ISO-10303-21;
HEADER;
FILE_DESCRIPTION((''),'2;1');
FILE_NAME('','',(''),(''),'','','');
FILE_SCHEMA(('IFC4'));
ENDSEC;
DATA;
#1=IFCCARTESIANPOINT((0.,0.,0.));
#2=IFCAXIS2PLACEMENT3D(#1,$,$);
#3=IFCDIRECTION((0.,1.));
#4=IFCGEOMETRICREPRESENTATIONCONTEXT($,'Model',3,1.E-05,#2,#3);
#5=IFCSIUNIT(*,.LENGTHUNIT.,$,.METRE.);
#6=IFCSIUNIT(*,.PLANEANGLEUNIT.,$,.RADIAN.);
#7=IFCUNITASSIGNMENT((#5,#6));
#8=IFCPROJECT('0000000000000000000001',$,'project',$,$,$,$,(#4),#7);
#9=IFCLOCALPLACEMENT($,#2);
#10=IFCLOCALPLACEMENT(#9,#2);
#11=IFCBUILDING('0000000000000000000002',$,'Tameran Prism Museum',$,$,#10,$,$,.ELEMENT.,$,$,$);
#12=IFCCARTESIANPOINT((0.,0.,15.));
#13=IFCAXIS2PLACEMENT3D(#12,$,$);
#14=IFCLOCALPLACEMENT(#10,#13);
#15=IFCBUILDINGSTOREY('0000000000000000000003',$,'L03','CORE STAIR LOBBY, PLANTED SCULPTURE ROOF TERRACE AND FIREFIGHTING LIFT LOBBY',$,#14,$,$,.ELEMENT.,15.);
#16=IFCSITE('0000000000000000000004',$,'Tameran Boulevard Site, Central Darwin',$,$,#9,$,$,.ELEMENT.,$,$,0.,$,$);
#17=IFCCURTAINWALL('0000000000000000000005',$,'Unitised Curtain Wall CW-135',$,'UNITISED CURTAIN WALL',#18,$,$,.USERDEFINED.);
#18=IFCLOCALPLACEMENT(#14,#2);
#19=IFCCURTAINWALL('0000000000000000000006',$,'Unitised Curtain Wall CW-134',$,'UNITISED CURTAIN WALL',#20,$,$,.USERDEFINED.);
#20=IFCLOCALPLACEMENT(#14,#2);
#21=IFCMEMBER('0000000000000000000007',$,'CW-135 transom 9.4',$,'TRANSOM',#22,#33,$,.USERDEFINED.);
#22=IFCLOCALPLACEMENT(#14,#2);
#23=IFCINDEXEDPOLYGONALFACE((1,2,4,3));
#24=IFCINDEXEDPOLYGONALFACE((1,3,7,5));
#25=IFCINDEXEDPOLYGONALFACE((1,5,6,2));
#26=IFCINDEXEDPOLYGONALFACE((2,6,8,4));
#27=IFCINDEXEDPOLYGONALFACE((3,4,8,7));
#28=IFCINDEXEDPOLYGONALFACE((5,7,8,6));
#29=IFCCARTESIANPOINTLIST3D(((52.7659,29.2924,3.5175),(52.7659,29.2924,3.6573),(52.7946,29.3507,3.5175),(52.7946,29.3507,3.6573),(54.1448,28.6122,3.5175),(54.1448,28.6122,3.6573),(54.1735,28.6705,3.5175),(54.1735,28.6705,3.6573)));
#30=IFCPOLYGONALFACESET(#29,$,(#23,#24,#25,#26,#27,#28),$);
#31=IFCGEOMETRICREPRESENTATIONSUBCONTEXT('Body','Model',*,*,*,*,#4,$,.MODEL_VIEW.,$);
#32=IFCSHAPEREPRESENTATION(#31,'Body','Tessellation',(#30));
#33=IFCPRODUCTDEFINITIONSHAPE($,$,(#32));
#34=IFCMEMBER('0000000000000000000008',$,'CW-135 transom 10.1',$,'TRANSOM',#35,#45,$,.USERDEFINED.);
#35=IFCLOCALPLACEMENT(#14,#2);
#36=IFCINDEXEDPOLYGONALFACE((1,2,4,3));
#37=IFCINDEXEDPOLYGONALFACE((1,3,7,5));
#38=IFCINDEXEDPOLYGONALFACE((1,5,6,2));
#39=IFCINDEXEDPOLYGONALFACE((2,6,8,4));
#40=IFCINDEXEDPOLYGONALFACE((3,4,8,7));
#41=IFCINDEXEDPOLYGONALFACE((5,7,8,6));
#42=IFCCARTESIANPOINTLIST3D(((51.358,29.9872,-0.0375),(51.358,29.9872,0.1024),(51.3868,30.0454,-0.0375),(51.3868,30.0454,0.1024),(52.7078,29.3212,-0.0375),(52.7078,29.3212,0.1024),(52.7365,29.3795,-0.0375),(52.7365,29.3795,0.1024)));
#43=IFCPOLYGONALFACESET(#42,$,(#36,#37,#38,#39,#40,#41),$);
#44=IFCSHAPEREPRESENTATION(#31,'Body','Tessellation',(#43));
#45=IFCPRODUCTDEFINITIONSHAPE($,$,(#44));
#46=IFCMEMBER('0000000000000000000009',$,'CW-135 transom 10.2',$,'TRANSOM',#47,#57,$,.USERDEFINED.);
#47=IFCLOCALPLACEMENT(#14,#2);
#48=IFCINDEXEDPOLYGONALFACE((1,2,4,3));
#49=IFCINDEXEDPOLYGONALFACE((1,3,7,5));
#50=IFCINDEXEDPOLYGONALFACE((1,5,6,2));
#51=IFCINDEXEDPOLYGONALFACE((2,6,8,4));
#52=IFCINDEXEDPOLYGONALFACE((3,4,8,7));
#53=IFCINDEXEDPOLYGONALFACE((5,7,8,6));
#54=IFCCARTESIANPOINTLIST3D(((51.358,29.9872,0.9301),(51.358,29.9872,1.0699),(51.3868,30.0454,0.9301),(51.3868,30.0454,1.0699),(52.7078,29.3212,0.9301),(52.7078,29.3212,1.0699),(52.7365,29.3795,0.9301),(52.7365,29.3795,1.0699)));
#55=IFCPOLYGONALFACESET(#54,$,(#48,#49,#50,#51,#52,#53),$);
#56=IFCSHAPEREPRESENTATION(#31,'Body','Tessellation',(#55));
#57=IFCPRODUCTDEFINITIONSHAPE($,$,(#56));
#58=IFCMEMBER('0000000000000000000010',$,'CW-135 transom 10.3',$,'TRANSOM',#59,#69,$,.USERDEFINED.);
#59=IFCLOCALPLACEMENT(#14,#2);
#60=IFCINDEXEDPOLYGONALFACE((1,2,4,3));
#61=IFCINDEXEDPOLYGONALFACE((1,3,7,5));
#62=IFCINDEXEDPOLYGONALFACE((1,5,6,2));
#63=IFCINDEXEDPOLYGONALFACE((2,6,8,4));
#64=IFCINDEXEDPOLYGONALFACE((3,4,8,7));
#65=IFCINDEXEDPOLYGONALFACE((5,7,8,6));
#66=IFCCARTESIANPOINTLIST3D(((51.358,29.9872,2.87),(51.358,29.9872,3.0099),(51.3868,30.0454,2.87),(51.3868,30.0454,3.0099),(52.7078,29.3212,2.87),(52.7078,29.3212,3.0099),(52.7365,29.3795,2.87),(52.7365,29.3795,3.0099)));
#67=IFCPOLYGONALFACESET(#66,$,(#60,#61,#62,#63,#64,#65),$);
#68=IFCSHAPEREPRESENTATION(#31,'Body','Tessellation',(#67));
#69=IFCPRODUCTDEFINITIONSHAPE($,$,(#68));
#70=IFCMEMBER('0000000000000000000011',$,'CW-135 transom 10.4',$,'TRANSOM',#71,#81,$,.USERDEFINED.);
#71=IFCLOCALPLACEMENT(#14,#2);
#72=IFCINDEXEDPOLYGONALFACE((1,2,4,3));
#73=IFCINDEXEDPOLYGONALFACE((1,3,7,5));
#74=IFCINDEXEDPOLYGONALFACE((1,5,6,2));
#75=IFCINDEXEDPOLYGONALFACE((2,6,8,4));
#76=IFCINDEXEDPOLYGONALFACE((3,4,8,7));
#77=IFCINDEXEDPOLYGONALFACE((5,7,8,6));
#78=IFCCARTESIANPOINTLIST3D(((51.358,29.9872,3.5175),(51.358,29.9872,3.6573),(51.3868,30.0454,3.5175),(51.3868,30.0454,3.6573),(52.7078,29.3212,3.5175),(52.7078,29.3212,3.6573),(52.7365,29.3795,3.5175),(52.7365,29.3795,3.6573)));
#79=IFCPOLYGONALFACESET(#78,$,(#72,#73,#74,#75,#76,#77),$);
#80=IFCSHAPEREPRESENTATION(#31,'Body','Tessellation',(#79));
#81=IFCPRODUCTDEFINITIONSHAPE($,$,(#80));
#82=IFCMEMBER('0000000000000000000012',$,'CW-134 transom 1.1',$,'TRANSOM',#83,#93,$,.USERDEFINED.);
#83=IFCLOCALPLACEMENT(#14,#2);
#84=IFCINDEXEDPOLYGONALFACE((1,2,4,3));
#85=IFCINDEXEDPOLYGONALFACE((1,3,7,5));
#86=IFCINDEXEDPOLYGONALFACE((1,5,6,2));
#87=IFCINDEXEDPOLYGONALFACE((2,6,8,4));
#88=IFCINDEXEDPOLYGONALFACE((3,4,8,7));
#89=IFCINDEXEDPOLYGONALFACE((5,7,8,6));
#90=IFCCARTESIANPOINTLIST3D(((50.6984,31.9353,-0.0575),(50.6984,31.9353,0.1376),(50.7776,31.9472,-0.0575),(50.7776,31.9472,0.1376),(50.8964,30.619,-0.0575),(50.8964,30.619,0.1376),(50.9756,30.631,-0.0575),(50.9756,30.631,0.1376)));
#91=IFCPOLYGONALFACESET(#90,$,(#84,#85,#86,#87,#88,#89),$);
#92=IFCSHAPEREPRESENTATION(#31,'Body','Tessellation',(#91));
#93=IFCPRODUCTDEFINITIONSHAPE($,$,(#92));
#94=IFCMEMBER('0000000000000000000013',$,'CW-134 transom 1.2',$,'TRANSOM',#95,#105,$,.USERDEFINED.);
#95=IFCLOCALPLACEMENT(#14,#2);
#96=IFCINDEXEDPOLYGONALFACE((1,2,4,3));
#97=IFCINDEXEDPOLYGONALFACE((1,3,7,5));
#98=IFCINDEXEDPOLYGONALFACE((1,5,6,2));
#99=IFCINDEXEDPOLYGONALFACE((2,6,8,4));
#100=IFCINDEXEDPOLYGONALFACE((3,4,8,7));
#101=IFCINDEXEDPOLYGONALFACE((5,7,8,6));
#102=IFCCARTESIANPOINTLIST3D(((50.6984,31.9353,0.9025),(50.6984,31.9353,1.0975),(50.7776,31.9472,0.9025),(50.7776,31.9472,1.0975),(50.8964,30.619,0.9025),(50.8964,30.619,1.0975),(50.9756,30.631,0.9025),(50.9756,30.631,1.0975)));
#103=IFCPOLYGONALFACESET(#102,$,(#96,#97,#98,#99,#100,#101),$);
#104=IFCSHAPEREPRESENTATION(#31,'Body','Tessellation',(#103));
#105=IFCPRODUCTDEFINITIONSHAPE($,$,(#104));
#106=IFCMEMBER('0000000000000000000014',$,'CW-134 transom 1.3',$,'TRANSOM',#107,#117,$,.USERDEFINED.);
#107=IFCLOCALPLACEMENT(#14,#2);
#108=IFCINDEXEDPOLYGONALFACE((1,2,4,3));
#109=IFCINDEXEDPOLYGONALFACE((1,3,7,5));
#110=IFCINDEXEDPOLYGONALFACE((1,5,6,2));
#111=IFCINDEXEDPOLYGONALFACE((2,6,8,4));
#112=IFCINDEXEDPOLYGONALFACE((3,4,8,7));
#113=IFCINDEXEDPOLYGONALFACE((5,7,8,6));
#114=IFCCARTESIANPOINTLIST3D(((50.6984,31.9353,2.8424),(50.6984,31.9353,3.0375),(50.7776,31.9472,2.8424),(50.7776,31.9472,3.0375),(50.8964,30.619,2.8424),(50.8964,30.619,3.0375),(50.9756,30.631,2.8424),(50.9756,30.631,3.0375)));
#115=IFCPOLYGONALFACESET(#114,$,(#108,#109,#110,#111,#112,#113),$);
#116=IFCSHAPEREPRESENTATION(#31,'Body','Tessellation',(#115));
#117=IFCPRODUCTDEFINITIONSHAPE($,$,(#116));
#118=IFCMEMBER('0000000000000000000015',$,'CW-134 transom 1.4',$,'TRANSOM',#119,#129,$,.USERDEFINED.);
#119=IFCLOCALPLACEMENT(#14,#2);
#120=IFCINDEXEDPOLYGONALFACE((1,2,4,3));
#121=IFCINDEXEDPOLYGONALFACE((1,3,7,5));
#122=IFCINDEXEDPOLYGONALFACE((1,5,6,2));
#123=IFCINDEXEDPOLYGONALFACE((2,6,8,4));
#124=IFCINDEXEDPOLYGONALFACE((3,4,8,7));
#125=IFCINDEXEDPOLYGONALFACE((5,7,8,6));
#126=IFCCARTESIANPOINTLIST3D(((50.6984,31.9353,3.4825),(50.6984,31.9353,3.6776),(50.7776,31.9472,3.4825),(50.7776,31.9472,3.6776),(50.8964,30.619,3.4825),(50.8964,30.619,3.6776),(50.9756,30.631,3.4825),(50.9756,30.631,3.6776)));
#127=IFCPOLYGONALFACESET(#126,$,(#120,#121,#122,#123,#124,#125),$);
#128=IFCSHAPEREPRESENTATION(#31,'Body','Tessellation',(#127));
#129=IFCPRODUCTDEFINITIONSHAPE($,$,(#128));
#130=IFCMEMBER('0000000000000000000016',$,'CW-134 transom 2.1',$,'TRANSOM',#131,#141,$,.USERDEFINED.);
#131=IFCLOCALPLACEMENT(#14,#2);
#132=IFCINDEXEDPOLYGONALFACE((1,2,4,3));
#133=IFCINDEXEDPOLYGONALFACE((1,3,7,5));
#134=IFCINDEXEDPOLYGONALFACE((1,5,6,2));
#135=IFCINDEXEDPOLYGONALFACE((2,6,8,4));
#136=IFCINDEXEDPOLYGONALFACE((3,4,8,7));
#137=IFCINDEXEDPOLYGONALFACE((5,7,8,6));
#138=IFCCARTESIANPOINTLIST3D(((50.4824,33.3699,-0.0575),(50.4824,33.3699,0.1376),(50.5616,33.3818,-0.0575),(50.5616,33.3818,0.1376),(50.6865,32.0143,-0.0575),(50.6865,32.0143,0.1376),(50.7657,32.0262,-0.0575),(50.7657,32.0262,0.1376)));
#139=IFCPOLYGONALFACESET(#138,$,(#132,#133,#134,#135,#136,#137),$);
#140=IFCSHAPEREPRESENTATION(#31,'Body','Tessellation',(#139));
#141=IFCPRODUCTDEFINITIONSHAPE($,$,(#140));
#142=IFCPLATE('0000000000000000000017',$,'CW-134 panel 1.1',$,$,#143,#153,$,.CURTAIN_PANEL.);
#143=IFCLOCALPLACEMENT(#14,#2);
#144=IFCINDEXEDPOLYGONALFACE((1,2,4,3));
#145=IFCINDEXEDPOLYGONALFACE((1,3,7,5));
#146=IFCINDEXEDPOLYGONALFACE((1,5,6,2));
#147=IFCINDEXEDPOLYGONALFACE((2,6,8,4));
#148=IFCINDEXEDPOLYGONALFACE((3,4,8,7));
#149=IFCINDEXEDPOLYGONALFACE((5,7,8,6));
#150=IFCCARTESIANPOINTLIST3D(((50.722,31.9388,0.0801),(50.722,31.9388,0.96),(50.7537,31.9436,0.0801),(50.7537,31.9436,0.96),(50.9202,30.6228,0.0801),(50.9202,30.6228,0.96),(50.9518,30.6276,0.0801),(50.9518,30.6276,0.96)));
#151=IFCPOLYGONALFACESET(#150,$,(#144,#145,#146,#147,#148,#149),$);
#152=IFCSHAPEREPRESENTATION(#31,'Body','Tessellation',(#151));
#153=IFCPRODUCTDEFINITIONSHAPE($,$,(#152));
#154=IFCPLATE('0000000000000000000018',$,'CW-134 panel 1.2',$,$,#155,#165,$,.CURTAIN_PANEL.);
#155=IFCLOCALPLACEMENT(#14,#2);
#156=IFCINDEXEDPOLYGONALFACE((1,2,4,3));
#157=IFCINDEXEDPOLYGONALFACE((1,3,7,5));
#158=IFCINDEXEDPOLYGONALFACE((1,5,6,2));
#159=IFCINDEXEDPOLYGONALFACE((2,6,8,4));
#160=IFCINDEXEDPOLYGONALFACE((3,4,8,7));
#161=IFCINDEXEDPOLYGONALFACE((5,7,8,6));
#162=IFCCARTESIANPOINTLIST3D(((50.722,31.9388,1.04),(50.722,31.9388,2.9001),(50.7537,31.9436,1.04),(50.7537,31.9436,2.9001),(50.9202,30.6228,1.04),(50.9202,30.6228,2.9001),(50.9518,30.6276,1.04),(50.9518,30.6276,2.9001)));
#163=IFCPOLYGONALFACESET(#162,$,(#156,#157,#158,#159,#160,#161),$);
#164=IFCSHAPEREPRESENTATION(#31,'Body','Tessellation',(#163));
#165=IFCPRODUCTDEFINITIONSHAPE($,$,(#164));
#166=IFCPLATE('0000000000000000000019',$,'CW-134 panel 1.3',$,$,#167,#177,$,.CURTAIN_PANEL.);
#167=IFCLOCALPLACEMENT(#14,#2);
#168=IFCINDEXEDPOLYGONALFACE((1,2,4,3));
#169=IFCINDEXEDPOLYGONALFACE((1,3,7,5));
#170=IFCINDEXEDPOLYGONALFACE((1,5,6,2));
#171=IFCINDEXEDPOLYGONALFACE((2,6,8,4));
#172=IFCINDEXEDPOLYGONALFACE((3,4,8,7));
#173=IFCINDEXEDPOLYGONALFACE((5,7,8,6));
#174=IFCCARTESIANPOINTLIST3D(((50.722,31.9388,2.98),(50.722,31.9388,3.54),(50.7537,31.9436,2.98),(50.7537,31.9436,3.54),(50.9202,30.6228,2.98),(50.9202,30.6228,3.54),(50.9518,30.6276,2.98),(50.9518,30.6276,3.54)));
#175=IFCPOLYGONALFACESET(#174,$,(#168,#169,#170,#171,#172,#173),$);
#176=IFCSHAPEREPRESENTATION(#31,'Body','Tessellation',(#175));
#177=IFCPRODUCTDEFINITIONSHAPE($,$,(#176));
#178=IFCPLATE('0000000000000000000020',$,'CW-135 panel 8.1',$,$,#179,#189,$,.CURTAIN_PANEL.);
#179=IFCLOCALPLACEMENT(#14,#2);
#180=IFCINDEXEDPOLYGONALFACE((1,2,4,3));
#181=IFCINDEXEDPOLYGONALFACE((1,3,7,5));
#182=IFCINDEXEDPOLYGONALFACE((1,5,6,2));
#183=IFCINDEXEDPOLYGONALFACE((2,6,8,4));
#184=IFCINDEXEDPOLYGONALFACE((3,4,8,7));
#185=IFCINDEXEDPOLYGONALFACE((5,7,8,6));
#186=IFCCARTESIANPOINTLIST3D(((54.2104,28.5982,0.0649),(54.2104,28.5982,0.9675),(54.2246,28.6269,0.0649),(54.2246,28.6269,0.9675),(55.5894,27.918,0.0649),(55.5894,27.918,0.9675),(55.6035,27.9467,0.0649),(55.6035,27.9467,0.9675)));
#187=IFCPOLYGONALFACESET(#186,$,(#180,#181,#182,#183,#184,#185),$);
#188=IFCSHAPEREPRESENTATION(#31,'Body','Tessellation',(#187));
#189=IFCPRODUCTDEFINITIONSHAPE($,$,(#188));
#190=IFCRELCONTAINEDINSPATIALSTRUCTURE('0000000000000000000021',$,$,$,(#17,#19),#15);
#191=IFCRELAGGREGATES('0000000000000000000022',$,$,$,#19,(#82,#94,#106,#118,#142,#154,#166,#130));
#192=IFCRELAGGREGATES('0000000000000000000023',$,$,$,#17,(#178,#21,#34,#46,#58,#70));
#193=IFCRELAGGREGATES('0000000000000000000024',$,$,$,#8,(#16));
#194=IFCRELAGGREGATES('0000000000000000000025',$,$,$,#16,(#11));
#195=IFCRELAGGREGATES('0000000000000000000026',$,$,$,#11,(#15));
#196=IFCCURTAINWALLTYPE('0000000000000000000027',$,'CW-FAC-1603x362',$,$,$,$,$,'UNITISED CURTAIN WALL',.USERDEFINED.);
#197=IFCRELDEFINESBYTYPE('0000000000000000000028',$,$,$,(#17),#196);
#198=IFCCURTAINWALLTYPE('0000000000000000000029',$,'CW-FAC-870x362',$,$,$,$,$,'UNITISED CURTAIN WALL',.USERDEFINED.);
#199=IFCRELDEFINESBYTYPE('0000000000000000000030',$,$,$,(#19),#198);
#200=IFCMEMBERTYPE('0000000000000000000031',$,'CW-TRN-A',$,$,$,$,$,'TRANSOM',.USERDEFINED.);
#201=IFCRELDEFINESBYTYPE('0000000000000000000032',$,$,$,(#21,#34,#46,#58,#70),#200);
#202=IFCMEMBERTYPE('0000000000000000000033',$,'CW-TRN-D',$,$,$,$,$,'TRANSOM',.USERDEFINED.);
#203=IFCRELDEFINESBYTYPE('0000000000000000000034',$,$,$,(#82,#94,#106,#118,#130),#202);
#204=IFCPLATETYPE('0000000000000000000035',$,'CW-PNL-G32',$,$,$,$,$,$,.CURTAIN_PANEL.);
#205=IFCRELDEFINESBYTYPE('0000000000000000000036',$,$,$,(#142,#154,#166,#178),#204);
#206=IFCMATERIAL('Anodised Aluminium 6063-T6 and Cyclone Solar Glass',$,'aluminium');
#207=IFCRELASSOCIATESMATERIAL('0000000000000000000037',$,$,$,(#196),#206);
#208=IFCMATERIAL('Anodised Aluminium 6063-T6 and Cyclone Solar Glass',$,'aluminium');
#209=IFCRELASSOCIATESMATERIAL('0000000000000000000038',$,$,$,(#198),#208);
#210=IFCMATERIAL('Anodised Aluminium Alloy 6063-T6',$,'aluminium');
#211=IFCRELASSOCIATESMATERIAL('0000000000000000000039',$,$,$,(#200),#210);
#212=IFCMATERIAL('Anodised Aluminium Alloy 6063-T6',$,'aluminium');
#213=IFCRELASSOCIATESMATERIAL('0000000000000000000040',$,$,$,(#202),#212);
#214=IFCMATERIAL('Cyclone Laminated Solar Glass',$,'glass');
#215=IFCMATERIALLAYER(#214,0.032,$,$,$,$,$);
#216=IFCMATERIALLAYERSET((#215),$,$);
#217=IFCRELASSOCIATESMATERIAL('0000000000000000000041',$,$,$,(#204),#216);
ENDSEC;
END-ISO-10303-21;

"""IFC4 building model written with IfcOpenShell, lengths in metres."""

from ifc_helpers import new_model, si_unit, direction, frame, origin, origin_2d, place, context, subcontext, project, spatial, rectangle, extrude, material, layer, layer_set, material_profile, profile_set, type_object, element, aggregate, save


model = new_model("IFC4")

# Units and contexts
model_context = context("Model", 3, precision=1e-05, world=origin(), true_north=direction((0.0, 1.0)))
body_context = subcontext(model_context, "Body", "Model", "MODEL_VIEW")
ifc_project = project(units=[si_unit("LENGTHUNIT", "METRE"), si_unit("PLANEANGLEUNIT", "RADIAN")], contexts=[model_context])

# Site, building, storey
site_placement = place(None, origin())
site = spatial("IfcSite", under=ifc_project, at=site_placement, Name="Tameran Boulevard Site, Central Darwin", CompositionType="ELEMENT", RefElevation=0.0)
building_placement = place(site_placement, origin())
building = spatial("IfcBuilding", under=site, at=building_placement, Name="Tameran Prism Museum", CompositionType="ELEMENT")
storey_placement = place(building_placement, frame((0.0, 0.0, 15.0)))
storey = spatial("IfcBuildingStorey", under=building, at=storey_placement, Name="L03", Description="CORE STAIR LOBBY, PLANTED SCULPTURE ROOF TERRACE AND FIREFIGHTING LIFT LOBBY", CompositionType="ELEMENT", Elevation=15.0)

# Curtain walls
ifc_material_1 = material(Name="Anodised Aluminium 6063-T6 and Cyclone Solar Glass", Category="aluminium")
curtain_wall_type_1 = type_object("IfcCurtainWallType", Name="CW-FAC-1603x362", ElementType="UNITISED CURTAIN WALL", PredefinedType="USERDEFINED", material=ifc_material_1)
curtain_wall_1_placement = place(storey_placement, origin())
curtain_wall_1 = element("IfcCurtainWall", 1, at=curtain_wall_1_placement, inside=storey, type_object=curtain_wall_type_1, Name="Unitised Curtain Wall CW-135", ObjectType="UNITISED CURTAIN WALL", PredefinedType="USERDEFINED")
ifc_material_2 = material(Name="Anodised Aluminium 6063-T6 and Cyclone Solar Glass", Category="aluminium")
curtain_wall_type_2 = type_object("IfcCurtainWallType", Name="CW-FAC-870x362", ElementType="UNITISED CURTAIN WALL", PredefinedType="USERDEFINED", material=ifc_material_2)
curtain_wall_2_placement = place(storey_placement, origin())
curtain_wall_2 = element("IfcCurtainWall", 2, at=curtain_wall_2_placement, inside=storey, type_object=curtain_wall_type_2, Name="Unitised Curtain Wall CW-134", ObjectType="UNITISED CURTAIN WALL", PredefinedType="USERDEFINED")

# Members
ifc_material_3 = material(Name="Anodised Aluminium Alloy 6063-T6", Category="aluminium")
ifc_material_profile_1 = material_profile(ifc_material_3, rectangle(XDim=0.0649, YDim=0.1399, at=origin_2d()))
ifc_profile_set_1 = profile_set([ifc_material_profile_1])
member_type_1 = type_object("IfcMemberType", Name="CW-TRN-A", ElementType="TRANSOM", PredefinedType="USERDEFINED", material=ifc_profile_set_1)
member_1_placement = place(storey_placement, frame((54.1592, 28.6414, 3.5874), z_axis=(-0.896828, 0.44238, 0.0), x_axis=(-0.44238, -0.896828, 0.0)))
member_1 = element("IfcMember", 3, at=member_1_placement, type_object=member_type_1, Name="CW-135 transom 9.4", ObjectType="TRANSOM", PredefinedType="USERDEFINED", context=body_context, shape_type="SweptSolid", body=[
    extrude(rectangle(XDim=0.0649, YDim=0.1399, at=origin_2d()), origin(), (0.0, 0.0, 1.0), 1.5376),
])
member_2_placement = place(storey_placement, frame((52.7222, 29.3503, 0.0325), z_axis=(-0.896783, 0.442471, 0.0), x_axis=(-0.442471, -0.896783, 0.0)))
member_2 = element("IfcMember", 4, at=member_2_placement, type_object=member_type_1, Name="CW-135 transom 10.1", ObjectType="TRANSOM", PredefinedType="USERDEFINED", context=body_context, shape_type="SweptSolid", body=[
    extrude(rectangle(XDim=0.0649, YDim=0.1399, at=origin_2d()), origin(), (0.0, 0.0, 1.0), 1.5051),
])
member_3_placement = place(storey_placement, frame((52.7222, 29.3503, 1.0), z_axis=(-0.896783, 0.442471, 0.0), x_axis=(-0.442471, -0.896783, 0.0)))
member_3 = element("IfcMember", 5, at=member_3_placement, type_object=member_type_1, Name="CW-135 transom 10.2", ObjectType="TRANSOM", PredefinedType="USERDEFINED", context=body_context, shape_type="SweptSolid", body=[
    extrude(rectangle(XDim=0.0649, YDim=0.1399, at=origin_2d()), origin(), (0.0, 0.0, 1.0), 1.5051),
])
member_4_placement = place(storey_placement, frame((52.7222, 29.3503, 2.9399), z_axis=(-0.896783, 0.442471, 0.0), x_axis=(-0.442471, -0.896783, 0.0)))
member_4 = element("IfcMember", 6, at=member_4_placement, type_object=member_type_1, Name="CW-135 transom 10.3", ObjectType="TRANSOM", PredefinedType="USERDEFINED", context=body_context, shape_type="SweptSolid", body=[
    extrude(rectangle(XDim=0.0649, YDim=0.1399, at=origin_2d()), origin(), (0.0, 0.0, 1.0), 1.5051),
])
member_5_placement = place(storey_placement, frame((52.7222, 29.3503, 3.5874), z_axis=(-0.896783, 0.442471, 0.0), x_axis=(-0.442471, -0.896783, 0.0)))
member_5 = element("IfcMember", 7, at=member_5_placement, type_object=member_type_1, Name="CW-135 transom 10.4", ObjectType="TRANSOM", PredefinedType="USERDEFINED", context=body_context, shape_type="SweptSolid", body=[
    extrude(rectangle(XDim=0.0649, YDim=0.1399, at=origin_2d()), origin(), (0.0, 0.0, 1.0), 1.5051),
])
ifc_material_4 = material(Name="Anodised Aluminium Alloy 6063-T6", Category="aluminium")
ifc_material_profile_2 = material_profile(ifc_material_4, rectangle(XDim=0.0801, YDim=0.1951, at=origin_2d()))
ifc_profile_set_2 = profile_set([ifc_material_profile_2])
member_type_2 = type_object("IfcMemberType", Name="CW-TRN-D", ElementType="TRANSOM", PredefinedType="USERDEFINED", material=ifc_profile_set_2)
member_6_placement = place(storey_placement, frame((50.936, 30.625, 0.04), z_axis=(-0.148762, 0.988873, 0.0), x_axis=(-0.988873, -0.148762, 0.0)))
member_6 = element("IfcMember", 8, at=member_6_placement, type_object=member_type_2, Name="CW-134 transom 1.1", ObjectType="TRANSOM", PredefinedType="USERDEFINED", context=body_context, shape_type="SweptSolid", body=[
    extrude(rectangle(XDim=0.0801, YDim=0.1951, at=origin_2d()), origin(), (0.0, 0.0, 1.0), 1.3311),
])
member_7_placement = place(storey_placement, frame((50.936, 30.625, 1.0), z_axis=(-0.148762, 0.988873, 0.0), x_axis=(-0.988873, -0.148762, 0.0)))
member_7 = element("IfcMember", 9, at=member_7_placement, type_object=member_type_2, Name="CW-134 transom 1.2", ObjectType="TRANSOM", PredefinedType="USERDEFINED", context=body_context, shape_type="SweptSolid", body=[
    extrude(rectangle(XDim=0.0801, YDim=0.1951, at=origin_2d()), origin(), (0.0, 0.0, 1.0), 1.3311),
])
member_8_placement = place(storey_placement, frame((50.936, 30.625, 2.9399), z_axis=(-0.148762, 0.988873, 0.0), x_axis=(-0.988873, -0.148762, 0.0)))
member_8 = element("IfcMember", 10, at=member_8_placement, type_object=member_type_2, Name="CW-134 transom 1.3", ObjectType="TRANSOM", PredefinedType="USERDEFINED", context=body_context, shape_type="SweptSolid", body=[
    extrude(rectangle(XDim=0.0801, YDim=0.1951, at=origin_2d()), origin(), (0.0, 0.0, 1.0), 1.3311),
])
member_9_placement = place(storey_placement, frame((50.936, 30.625, 3.5801), z_axis=(-0.148762, 0.988873, 0.0), x_axis=(-0.988873, -0.148762, 0.0)))
member_9 = element("IfcMember", 11, at=member_9_placement, type_object=member_type_2, Name="CW-134 transom 1.4", ObjectType="TRANSOM", PredefinedType="USERDEFINED", context=body_context, shape_type="SweptSolid", body=[
    extrude(rectangle(XDim=0.0801, YDim=0.1951, at=origin_2d()), origin(), (0.0, 0.0, 1.0), 1.3311),
])
member_10_placement = place(storey_placement, frame((50.7261, 32.0203, 0.04), z_axis=(-0.148898, 0.988853, 0.0), x_axis=(-0.988853, -0.148898, 0.0)))
member_10 = element("IfcMember", 12, at=member_10_placement, type_object=member_type_2, Name="CW-134 transom 2.1", ObjectType="TRANSOM", PredefinedType="USERDEFINED", context=body_context, shape_type="SweptSolid", body=[
    extrude(rectangle(XDim=0.0801, YDim=0.1951, at=origin_2d()), origin(), (0.0, 0.0, 1.0), 1.3708),
])

# Plates
ifc_material_5 = material(Name="Cyclone Laminated Solar Glass", Category="glass")
ifc_layer_1 = layer(ifc_material_5, 0.032)
ifc_layer_set_1 = layer_set([ifc_layer_1])
plate_type = type_object("IfcPlateType", Name="CW-PNL-G32", PredefinedType="CURTAIN_PANEL", material=ifc_layer_set_1)
plate_1_placement = place(storey_placement, frame((50.8369, 31.2832, 0.0801), z_axis=(0.0, 0.0, 1.0), x_axis=(-0.14888, 0.988855, 0.0)))
plate_1 = element("IfcPlate", 13, at=plate_1_placement, type_object=plate_type, Name="CW-134 panel 1.1", PredefinedType="CURTAIN_PANEL", context=body_context, shape_type="SweptSolid", body=[
    extrude(rectangle(XDim=1.3308, YDim=0.032, at=origin_2d()), origin(), (0.0, 0.0, 1.0), 0.8799),
])
plate_2_placement = place(storey_placement, frame((50.8369, 31.2832, 1.04), z_axis=(0.0, 0.0, 1.0), x_axis=(-0.14888, 0.988855, 0.0)))
plate_2 = element("IfcPlate", 14, at=plate_2_placement, type_object=plate_type, Name="CW-134 panel 1.2", PredefinedType="CURTAIN_PANEL", context=body_context, shape_type="SweptSolid", body=[
    extrude(rectangle(XDim=1.3308, YDim=0.032, at=origin_2d()), origin(), (0.0, 0.0, 1.0), 1.8601),
])
plate_3_placement = place(storey_placement, frame((50.8369, 31.2832, 2.98), z_axis=(0.0, 0.0, 1.0), x_axis=(-0.14888, 0.988855, 0.0)))
plate_3 = element("IfcPlate", 15, at=plate_3_placement, type_object=plate_type, Name="CW-134 panel 1.3", PredefinedType="CURTAIN_PANEL", context=body_context, shape_type="SweptSolid", body=[
    extrude(rectangle(XDim=1.3308, YDim=0.032, at=origin_2d()), origin(), (0.0, 0.0, 1.0), 0.5601),
])
aggregate(curtain_wall_2, [member_6, member_7, member_8, member_9, plate_1, plate_2, plate_3, member_10])
plate_4_placement = place(storey_placement, frame((54.907, 28.2725, 0.0649), z_axis=(0.0, 0.0, 1.0), x_axis=(-0.896811, 0.442415, 0.0)))
plate_4 = element("IfcPlate", 16, at=plate_4_placement, type_object=plate_type, Name="CW-135 panel 8.1", PredefinedType="CURTAIN_PANEL", context=body_context, shape_type="SweptSolid", body=[
    extrude(rectangle(XDim=1.5376, YDim=0.032, at=origin_2d()), origin(), (0.0, 0.0, 1.0), 0.9026),
])
aggregate(curtain_wall_1, [plate_4, member_1, member_2, member_3, member_4, member_5])

save(model, "model.ifc")
